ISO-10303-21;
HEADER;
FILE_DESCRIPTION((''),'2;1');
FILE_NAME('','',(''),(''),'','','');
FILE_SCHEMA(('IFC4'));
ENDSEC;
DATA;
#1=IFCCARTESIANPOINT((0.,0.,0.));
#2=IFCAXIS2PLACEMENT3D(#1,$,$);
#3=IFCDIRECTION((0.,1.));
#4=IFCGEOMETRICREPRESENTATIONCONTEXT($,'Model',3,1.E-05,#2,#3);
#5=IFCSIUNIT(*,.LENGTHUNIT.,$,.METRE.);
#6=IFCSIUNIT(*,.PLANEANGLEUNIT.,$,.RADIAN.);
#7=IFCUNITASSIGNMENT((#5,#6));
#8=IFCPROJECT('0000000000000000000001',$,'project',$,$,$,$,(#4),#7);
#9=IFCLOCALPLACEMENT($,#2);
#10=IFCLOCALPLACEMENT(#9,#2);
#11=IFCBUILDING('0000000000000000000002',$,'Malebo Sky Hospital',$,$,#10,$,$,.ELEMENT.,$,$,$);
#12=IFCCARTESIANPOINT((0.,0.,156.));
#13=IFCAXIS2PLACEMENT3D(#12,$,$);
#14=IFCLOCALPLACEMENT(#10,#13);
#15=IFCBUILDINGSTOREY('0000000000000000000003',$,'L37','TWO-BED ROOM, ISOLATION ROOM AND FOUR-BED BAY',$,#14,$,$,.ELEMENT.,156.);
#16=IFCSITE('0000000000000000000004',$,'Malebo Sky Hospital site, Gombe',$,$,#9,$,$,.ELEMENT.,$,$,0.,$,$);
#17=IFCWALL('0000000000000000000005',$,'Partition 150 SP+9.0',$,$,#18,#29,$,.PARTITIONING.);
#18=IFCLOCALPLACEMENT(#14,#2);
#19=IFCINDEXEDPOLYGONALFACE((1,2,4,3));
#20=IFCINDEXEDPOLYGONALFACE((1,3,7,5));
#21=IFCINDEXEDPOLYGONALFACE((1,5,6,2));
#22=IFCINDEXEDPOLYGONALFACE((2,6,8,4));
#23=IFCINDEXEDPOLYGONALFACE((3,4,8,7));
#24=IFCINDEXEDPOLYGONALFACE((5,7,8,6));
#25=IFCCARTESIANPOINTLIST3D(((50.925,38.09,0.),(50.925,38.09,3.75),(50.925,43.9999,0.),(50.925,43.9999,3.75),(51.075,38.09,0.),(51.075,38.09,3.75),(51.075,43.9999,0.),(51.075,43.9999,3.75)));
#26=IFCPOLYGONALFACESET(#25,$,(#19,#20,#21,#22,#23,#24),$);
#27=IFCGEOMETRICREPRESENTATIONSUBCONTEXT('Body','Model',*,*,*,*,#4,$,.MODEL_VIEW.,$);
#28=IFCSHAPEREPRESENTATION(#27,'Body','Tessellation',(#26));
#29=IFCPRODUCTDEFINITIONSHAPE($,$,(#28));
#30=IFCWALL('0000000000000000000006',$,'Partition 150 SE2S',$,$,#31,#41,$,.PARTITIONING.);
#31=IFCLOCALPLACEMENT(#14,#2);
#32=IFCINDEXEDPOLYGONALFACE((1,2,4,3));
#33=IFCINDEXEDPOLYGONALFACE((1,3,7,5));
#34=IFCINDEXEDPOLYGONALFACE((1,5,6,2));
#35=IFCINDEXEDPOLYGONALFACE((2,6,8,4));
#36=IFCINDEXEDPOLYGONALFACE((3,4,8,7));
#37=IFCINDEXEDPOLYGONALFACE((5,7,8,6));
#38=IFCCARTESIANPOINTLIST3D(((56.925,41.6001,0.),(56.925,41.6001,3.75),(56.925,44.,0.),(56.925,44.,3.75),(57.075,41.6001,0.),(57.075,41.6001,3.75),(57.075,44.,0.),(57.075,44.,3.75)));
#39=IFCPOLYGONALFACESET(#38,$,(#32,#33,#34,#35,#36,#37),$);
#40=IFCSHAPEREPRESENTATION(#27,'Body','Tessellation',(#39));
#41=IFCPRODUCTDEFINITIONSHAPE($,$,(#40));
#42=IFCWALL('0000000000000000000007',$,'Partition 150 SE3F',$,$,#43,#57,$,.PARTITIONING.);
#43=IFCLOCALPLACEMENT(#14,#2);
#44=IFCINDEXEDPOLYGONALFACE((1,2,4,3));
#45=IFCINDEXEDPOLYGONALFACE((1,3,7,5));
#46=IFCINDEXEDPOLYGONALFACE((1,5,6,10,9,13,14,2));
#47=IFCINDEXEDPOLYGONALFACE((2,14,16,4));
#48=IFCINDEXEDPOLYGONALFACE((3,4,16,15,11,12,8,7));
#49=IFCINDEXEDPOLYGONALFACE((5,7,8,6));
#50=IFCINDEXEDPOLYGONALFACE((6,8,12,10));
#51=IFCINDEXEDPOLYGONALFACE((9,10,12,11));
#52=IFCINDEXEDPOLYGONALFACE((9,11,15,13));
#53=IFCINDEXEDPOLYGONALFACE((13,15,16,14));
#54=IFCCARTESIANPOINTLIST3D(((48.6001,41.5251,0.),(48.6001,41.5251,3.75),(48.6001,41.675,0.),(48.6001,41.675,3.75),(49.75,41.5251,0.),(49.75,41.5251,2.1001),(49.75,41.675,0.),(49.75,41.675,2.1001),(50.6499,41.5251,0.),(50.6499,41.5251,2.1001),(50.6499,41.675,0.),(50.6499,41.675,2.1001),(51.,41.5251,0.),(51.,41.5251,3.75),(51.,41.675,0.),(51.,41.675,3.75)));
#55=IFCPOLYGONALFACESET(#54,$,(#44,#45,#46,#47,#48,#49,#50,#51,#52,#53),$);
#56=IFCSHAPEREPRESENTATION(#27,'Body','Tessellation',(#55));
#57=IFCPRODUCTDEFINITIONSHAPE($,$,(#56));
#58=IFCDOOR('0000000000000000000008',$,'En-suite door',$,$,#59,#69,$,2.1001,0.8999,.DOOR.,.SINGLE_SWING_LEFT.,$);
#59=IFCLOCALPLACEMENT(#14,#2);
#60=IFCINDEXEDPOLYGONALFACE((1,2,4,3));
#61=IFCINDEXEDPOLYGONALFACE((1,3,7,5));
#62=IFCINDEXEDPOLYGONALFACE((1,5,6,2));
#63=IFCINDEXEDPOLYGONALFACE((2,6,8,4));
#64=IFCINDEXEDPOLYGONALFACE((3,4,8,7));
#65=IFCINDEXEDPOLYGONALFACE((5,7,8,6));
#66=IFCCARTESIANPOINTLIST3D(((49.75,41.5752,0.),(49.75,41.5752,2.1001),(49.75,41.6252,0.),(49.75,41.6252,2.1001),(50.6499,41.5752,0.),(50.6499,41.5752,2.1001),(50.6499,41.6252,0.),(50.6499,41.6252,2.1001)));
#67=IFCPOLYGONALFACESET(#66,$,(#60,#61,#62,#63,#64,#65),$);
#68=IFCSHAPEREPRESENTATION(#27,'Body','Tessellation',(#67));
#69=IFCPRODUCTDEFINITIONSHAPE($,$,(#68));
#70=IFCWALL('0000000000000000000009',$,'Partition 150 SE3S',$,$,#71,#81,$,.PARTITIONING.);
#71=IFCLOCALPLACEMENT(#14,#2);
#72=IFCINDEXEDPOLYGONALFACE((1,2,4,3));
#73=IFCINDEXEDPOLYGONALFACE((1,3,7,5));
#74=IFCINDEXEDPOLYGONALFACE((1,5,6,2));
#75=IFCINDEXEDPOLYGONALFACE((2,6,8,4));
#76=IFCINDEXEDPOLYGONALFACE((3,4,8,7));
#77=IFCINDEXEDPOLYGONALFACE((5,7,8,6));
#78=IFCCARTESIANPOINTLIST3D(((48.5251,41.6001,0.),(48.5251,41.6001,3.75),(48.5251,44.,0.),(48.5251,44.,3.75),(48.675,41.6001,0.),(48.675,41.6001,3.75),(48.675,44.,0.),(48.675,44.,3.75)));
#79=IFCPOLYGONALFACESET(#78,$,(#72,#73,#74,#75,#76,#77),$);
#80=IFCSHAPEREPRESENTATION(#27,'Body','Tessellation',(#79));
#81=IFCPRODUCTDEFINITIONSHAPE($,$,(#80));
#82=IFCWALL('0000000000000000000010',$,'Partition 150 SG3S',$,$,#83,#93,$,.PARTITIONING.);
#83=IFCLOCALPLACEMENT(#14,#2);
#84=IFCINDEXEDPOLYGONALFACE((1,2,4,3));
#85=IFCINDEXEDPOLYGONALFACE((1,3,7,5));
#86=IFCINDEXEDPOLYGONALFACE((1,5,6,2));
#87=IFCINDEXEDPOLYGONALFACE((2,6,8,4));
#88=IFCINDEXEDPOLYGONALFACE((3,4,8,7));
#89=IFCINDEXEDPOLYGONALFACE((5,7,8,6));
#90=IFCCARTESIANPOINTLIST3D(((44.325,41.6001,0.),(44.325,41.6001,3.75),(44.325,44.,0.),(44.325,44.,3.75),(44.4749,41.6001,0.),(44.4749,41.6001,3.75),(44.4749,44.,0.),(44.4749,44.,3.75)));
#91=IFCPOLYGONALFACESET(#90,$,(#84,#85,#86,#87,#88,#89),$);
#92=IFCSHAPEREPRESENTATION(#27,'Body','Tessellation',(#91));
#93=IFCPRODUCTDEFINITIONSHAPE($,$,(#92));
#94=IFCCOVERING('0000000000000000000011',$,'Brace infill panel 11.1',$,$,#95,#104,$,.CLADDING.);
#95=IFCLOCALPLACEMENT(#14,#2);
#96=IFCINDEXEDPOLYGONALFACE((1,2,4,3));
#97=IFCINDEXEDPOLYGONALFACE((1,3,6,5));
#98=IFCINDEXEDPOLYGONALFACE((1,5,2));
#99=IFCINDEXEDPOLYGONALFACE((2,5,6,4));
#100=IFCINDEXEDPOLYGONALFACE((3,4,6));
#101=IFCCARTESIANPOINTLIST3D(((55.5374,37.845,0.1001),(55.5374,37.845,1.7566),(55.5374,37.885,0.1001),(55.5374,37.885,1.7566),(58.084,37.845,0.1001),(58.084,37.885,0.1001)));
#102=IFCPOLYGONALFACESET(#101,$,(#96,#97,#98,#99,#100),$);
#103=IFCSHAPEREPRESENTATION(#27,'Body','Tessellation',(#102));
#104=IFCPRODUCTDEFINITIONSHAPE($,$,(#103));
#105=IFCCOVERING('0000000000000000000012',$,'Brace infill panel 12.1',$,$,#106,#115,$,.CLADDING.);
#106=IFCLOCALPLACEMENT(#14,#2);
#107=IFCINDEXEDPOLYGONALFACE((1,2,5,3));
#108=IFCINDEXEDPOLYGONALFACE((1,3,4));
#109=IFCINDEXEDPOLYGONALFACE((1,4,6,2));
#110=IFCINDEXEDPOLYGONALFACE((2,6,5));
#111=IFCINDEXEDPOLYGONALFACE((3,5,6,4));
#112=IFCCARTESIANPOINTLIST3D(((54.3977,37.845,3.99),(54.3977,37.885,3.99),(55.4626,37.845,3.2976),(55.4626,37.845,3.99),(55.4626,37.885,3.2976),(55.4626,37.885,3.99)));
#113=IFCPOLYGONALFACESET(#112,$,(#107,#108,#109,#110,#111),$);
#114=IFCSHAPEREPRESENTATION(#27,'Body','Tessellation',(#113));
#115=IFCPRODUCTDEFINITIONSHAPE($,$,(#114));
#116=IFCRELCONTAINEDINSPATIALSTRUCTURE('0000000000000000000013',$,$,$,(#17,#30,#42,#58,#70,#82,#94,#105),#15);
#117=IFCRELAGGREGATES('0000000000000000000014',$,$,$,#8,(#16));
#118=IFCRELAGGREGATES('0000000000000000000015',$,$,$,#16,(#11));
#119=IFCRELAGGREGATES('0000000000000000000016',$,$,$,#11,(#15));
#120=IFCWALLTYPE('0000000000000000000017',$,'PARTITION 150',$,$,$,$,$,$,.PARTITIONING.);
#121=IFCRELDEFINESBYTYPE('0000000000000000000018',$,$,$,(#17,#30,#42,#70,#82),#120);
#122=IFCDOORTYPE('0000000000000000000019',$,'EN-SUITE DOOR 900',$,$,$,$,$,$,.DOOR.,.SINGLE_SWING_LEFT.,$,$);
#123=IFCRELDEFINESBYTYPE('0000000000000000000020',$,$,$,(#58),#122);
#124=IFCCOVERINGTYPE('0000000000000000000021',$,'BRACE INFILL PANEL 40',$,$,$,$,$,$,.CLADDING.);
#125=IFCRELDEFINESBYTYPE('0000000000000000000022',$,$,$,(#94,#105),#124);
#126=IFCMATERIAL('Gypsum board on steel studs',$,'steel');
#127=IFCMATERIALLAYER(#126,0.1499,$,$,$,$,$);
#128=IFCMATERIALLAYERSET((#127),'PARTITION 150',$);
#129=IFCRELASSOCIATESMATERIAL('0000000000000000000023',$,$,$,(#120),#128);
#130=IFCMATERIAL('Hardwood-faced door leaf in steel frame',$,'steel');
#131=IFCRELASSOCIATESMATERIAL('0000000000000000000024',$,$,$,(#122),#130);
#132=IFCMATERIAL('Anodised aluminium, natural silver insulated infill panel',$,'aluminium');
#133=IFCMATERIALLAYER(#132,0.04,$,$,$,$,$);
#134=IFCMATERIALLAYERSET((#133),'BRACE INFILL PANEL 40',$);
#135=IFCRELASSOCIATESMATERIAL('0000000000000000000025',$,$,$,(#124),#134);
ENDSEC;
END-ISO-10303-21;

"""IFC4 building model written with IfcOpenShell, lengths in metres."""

from ifc_helpers import new_model, si_unit, direction, frame, frame_2d, origin, place, context, subcontext, project, spatial, polyline, rectangle, outline, extrude, material, layer, layer_set, type_object, element, fill, save


model = new_model("IFC4")

# Units and contexts
model_context = context("Model", 3, precision=1e-05, world=origin(), true_north=direction((0.0, 1.0)))
body_context = subcontext(model_context, "Body", "Model", "MODEL_VIEW")
ifc_project = project(units=[si_unit("LENGTHUNIT", "METRE"), si_unit("PLANEANGLEUNIT", "RADIAN")], contexts=[model_context])

# Site, building, storey
site_placement = place(None, origin())
site = spatial("IfcSite", under=ifc_project, at=site_placement, Name="Malebo Sky Hospital site, Gombe", CompositionType="ELEMENT", RefElevation=0.0)
building_placement = place(site_placement, origin())
building = spatial("IfcBuilding", under=site, at=building_placement, Name="Malebo Sky Hospital", CompositionType="ELEMENT")
storey_placement = place(building_placement, frame((0.0, 0.0, 156.0)))
storey = spatial("IfcBuildingStorey", under=building, at=storey_placement, Name="L37", Description="TWO-BED ROOM, ISOLATION ROOM AND FOUR-BED BAY", CompositionType="ELEMENT", Elevation=156.0)

# Walls
ifc_material_1 = material(Name="Gypsum board on steel studs", Category="steel")
ifc_layer_1 = layer(ifc_material_1, 0.1499)
ifc_layer_set_1 = layer_set([ifc_layer_1], Name="PARTITION 150")
wall_type = type_object("IfcWallType", Name="PARTITION 150", PredefinedType="PARTITIONING", material=ifc_layer_set_1)
wall_1_placement = place(storey_placement, frame((51.0, 44.0, 0.0), z_axis=(0.0, 0.0, 1.0), x_axis=(0.0, -1.0, 0.0)))
element("IfcWall", 1, at=wall_1_placement, inside=storey, type_object=wall_type, Name="Partition 150 SP+9.0", PredefinedType="PARTITIONING", context=body_context, shape_type="SweptSolid", body=[
    extrude(rectangle(XDim=5.9099, YDim=0.1499, at=frame_2d((2.9551, 0.0))), origin(), (0.0, 0.0, 1.0), 3.75),
])
wall_2_placement = place(storey_placement, frame((57.0, 44.0, 0.0), z_axis=(0.0, 0.0, 1.0), x_axis=(0.0, -1.0, 0.0)))
element("IfcWall", 2, at=wall_2_placement, inside=storey, type_object=wall_type, Name="Partition 150 SE2S", PredefinedType="PARTITIONING", context=body_context, shape_type="SweptSolid", body=[
    extrude(rectangle(XDim=2.3999, YDim=0.1499, at=frame_2d((1.2, 0.0))), origin(), (0.0, 0.0, 1.0), 3.75),
])

# Wall, opening, door
wall_3_placement = place(storey_placement, frame((51.0, 41.6001, 0.0), z_axis=(0.0, 0.0, 1.0), x_axis=(-1.0, 0.0, 0.0)))
wall_3 = element("IfcWall", 3, at=wall_3_placement, inside=storey, type_object=wall_type, Name="Partition 150 SE3F", PredefinedType="PARTITIONING", context=body_context, shape_type="SweptSolid", body=[
    extrude(rectangle(XDim=2.3999, YDim=0.1499, at=frame_2d((1.2, 0.0))), origin(), (0.0, 0.0, 1.0), 3.75),
])
opening_placement = place(wall_3_placement, frame((0.3501, 0.0, 0.0)))
opening = element("IfcOpeningElement", 4, at=opening_placement, cuts=wall_3, PredefinedType="OPENING", context=body_context, shape_type="SweptSolid", body=[
    extrude(rectangle(XDim=0.8999, YDim=2.1001, at=frame_2d((0.45, 1.05))), frame((0.0, 0.085, 0.0), z_axis=(0.0, -1.0, 0.0), x_axis=(1.0, 0.0, 0.0)), (0.0, 0.0, 1.0), 0.1699),
])
ifc_material_2 = material(Name="Hardwood-faced door leaf in steel frame", Category="steel")
door_type = type_object("IfcDoorType", Name="EN-SUITE DOOR 900", OperationType="SINGLE_SWING_LEFT", PredefinedType="DOOR", material=ifc_material_2)
door_placement = place(opening_placement, origin())
door = element("IfcDoor", 5, at=door_placement, inside=storey, type_object=door_type, Name="En-suite door", OperationType="SINGLE_SWING_LEFT", OverallHeight=2.1001, OverallWidth=0.8999, PredefinedType="DOOR", context=body_context, shape_type="SweptSolid", body=[
    extrude(rectangle(XDim=0.8999, YDim=2.1001, at=frame_2d((0.45, 1.05))), frame((0.0, 0.0249, 0.0), z_axis=(0.0, -1.0, 0.0), x_axis=(1.0, 0.0, 0.0)), (0.0, 0.0, 1.0), 0.05),
])
fill(opening, door)

# Walls
for number, where, z_axis, x_axis, name in (
    (6, (48.6001, 44.0, 0.0), (0.0, 0.0, 1.0), (0.0, -1.0, 0.0), "Partition 150 SE3S"),
    (7, (44.3999, 44.0, 0.0), (0.0, 0.0, 1.0), (0.0, -1.0, 0.0), "Partition 150 SG3S"),
):
    element("IfcWall", number, at=place(storey_placement, frame(where, z_axis=z_axis, x_axis=x_axis)), inside=storey, type_object=wall_type, Name=name, PredefinedType="PARTITIONING", context=body_context, shape_type="SweptSolid", body=[
        extrude(rectangle(XDim=2.3999, YDim=0.1499, at=frame_2d((1.2, 0.0))), origin(), (0.0, 0.0, 1.0), 3.75),
    ])

# Coverings
ifc_material_3 = material(Name="Anodised aluminium, natural silver insulated infill panel", Category="aluminium")
ifc_layer_2 = layer(ifc_material_3, 0.04)
ifc_layer_set_2 = layer_set([ifc_layer_2], Name="BRACE INFILL PANEL 40")
covering_type = type_object("IfcCoveringType", Name="BRACE INFILL PANEL 40", PredefinedType="CLADDING", material=ifc_layer_set_2)
covering_1_placement = place(storey_placement, frame((56.8108, 37.865, 0.1001), z_axis=(0.0, 0.0, 1.0), x_axis=(-1.0, 0.0, 0.0)))
element("IfcCovering", 8, at=covering_1_placement, inside=storey, type_object=covering_type, Name="Brace infill panel 11.1", PredefinedType="CLADDING", context=body_context, shape_type="SweptSolid", body=[
    extrude(outline(polyline([(-1.2732, 0.0), (1.2734, 0.0), (1.2734, 1.6565), (-1.2732, 0.0)])), frame((0.0, 0.02, 0.0), z_axis=(0.0, -1.0, 0.0), x_axis=(1.0, 0.0, 0.0)), (0.0, 0.0, 1.0), 0.04),
])
covering_2_placement = place(storey_placement, frame((54.9302, 37.865, 3.2976), z_axis=(0.0, 0.0, 1.0), x_axis=(-1.0, 0.0, 0.0)))
element("IfcCovering", 9, at=covering_2_placement, inside=storey, type_object=covering_type, Name="Brace infill panel 12.1", PredefinedType="CLADDING", context=body_context, shape_type="SweptSolid", body=[
    extrude(outline(polyline([(-0.5325, 0.0), (0.5325, 0.6924), (-0.5325, 0.6924), (-0.5325, 0.0)])), frame((0.0, 0.02, 0.0), z_axis=(0.0, -1.0, 0.0), x_axis=(1.0, 0.0, 0.0)), (0.0, 0.0, 1.0), 0.04),
])

save(model, "model.ifc")
